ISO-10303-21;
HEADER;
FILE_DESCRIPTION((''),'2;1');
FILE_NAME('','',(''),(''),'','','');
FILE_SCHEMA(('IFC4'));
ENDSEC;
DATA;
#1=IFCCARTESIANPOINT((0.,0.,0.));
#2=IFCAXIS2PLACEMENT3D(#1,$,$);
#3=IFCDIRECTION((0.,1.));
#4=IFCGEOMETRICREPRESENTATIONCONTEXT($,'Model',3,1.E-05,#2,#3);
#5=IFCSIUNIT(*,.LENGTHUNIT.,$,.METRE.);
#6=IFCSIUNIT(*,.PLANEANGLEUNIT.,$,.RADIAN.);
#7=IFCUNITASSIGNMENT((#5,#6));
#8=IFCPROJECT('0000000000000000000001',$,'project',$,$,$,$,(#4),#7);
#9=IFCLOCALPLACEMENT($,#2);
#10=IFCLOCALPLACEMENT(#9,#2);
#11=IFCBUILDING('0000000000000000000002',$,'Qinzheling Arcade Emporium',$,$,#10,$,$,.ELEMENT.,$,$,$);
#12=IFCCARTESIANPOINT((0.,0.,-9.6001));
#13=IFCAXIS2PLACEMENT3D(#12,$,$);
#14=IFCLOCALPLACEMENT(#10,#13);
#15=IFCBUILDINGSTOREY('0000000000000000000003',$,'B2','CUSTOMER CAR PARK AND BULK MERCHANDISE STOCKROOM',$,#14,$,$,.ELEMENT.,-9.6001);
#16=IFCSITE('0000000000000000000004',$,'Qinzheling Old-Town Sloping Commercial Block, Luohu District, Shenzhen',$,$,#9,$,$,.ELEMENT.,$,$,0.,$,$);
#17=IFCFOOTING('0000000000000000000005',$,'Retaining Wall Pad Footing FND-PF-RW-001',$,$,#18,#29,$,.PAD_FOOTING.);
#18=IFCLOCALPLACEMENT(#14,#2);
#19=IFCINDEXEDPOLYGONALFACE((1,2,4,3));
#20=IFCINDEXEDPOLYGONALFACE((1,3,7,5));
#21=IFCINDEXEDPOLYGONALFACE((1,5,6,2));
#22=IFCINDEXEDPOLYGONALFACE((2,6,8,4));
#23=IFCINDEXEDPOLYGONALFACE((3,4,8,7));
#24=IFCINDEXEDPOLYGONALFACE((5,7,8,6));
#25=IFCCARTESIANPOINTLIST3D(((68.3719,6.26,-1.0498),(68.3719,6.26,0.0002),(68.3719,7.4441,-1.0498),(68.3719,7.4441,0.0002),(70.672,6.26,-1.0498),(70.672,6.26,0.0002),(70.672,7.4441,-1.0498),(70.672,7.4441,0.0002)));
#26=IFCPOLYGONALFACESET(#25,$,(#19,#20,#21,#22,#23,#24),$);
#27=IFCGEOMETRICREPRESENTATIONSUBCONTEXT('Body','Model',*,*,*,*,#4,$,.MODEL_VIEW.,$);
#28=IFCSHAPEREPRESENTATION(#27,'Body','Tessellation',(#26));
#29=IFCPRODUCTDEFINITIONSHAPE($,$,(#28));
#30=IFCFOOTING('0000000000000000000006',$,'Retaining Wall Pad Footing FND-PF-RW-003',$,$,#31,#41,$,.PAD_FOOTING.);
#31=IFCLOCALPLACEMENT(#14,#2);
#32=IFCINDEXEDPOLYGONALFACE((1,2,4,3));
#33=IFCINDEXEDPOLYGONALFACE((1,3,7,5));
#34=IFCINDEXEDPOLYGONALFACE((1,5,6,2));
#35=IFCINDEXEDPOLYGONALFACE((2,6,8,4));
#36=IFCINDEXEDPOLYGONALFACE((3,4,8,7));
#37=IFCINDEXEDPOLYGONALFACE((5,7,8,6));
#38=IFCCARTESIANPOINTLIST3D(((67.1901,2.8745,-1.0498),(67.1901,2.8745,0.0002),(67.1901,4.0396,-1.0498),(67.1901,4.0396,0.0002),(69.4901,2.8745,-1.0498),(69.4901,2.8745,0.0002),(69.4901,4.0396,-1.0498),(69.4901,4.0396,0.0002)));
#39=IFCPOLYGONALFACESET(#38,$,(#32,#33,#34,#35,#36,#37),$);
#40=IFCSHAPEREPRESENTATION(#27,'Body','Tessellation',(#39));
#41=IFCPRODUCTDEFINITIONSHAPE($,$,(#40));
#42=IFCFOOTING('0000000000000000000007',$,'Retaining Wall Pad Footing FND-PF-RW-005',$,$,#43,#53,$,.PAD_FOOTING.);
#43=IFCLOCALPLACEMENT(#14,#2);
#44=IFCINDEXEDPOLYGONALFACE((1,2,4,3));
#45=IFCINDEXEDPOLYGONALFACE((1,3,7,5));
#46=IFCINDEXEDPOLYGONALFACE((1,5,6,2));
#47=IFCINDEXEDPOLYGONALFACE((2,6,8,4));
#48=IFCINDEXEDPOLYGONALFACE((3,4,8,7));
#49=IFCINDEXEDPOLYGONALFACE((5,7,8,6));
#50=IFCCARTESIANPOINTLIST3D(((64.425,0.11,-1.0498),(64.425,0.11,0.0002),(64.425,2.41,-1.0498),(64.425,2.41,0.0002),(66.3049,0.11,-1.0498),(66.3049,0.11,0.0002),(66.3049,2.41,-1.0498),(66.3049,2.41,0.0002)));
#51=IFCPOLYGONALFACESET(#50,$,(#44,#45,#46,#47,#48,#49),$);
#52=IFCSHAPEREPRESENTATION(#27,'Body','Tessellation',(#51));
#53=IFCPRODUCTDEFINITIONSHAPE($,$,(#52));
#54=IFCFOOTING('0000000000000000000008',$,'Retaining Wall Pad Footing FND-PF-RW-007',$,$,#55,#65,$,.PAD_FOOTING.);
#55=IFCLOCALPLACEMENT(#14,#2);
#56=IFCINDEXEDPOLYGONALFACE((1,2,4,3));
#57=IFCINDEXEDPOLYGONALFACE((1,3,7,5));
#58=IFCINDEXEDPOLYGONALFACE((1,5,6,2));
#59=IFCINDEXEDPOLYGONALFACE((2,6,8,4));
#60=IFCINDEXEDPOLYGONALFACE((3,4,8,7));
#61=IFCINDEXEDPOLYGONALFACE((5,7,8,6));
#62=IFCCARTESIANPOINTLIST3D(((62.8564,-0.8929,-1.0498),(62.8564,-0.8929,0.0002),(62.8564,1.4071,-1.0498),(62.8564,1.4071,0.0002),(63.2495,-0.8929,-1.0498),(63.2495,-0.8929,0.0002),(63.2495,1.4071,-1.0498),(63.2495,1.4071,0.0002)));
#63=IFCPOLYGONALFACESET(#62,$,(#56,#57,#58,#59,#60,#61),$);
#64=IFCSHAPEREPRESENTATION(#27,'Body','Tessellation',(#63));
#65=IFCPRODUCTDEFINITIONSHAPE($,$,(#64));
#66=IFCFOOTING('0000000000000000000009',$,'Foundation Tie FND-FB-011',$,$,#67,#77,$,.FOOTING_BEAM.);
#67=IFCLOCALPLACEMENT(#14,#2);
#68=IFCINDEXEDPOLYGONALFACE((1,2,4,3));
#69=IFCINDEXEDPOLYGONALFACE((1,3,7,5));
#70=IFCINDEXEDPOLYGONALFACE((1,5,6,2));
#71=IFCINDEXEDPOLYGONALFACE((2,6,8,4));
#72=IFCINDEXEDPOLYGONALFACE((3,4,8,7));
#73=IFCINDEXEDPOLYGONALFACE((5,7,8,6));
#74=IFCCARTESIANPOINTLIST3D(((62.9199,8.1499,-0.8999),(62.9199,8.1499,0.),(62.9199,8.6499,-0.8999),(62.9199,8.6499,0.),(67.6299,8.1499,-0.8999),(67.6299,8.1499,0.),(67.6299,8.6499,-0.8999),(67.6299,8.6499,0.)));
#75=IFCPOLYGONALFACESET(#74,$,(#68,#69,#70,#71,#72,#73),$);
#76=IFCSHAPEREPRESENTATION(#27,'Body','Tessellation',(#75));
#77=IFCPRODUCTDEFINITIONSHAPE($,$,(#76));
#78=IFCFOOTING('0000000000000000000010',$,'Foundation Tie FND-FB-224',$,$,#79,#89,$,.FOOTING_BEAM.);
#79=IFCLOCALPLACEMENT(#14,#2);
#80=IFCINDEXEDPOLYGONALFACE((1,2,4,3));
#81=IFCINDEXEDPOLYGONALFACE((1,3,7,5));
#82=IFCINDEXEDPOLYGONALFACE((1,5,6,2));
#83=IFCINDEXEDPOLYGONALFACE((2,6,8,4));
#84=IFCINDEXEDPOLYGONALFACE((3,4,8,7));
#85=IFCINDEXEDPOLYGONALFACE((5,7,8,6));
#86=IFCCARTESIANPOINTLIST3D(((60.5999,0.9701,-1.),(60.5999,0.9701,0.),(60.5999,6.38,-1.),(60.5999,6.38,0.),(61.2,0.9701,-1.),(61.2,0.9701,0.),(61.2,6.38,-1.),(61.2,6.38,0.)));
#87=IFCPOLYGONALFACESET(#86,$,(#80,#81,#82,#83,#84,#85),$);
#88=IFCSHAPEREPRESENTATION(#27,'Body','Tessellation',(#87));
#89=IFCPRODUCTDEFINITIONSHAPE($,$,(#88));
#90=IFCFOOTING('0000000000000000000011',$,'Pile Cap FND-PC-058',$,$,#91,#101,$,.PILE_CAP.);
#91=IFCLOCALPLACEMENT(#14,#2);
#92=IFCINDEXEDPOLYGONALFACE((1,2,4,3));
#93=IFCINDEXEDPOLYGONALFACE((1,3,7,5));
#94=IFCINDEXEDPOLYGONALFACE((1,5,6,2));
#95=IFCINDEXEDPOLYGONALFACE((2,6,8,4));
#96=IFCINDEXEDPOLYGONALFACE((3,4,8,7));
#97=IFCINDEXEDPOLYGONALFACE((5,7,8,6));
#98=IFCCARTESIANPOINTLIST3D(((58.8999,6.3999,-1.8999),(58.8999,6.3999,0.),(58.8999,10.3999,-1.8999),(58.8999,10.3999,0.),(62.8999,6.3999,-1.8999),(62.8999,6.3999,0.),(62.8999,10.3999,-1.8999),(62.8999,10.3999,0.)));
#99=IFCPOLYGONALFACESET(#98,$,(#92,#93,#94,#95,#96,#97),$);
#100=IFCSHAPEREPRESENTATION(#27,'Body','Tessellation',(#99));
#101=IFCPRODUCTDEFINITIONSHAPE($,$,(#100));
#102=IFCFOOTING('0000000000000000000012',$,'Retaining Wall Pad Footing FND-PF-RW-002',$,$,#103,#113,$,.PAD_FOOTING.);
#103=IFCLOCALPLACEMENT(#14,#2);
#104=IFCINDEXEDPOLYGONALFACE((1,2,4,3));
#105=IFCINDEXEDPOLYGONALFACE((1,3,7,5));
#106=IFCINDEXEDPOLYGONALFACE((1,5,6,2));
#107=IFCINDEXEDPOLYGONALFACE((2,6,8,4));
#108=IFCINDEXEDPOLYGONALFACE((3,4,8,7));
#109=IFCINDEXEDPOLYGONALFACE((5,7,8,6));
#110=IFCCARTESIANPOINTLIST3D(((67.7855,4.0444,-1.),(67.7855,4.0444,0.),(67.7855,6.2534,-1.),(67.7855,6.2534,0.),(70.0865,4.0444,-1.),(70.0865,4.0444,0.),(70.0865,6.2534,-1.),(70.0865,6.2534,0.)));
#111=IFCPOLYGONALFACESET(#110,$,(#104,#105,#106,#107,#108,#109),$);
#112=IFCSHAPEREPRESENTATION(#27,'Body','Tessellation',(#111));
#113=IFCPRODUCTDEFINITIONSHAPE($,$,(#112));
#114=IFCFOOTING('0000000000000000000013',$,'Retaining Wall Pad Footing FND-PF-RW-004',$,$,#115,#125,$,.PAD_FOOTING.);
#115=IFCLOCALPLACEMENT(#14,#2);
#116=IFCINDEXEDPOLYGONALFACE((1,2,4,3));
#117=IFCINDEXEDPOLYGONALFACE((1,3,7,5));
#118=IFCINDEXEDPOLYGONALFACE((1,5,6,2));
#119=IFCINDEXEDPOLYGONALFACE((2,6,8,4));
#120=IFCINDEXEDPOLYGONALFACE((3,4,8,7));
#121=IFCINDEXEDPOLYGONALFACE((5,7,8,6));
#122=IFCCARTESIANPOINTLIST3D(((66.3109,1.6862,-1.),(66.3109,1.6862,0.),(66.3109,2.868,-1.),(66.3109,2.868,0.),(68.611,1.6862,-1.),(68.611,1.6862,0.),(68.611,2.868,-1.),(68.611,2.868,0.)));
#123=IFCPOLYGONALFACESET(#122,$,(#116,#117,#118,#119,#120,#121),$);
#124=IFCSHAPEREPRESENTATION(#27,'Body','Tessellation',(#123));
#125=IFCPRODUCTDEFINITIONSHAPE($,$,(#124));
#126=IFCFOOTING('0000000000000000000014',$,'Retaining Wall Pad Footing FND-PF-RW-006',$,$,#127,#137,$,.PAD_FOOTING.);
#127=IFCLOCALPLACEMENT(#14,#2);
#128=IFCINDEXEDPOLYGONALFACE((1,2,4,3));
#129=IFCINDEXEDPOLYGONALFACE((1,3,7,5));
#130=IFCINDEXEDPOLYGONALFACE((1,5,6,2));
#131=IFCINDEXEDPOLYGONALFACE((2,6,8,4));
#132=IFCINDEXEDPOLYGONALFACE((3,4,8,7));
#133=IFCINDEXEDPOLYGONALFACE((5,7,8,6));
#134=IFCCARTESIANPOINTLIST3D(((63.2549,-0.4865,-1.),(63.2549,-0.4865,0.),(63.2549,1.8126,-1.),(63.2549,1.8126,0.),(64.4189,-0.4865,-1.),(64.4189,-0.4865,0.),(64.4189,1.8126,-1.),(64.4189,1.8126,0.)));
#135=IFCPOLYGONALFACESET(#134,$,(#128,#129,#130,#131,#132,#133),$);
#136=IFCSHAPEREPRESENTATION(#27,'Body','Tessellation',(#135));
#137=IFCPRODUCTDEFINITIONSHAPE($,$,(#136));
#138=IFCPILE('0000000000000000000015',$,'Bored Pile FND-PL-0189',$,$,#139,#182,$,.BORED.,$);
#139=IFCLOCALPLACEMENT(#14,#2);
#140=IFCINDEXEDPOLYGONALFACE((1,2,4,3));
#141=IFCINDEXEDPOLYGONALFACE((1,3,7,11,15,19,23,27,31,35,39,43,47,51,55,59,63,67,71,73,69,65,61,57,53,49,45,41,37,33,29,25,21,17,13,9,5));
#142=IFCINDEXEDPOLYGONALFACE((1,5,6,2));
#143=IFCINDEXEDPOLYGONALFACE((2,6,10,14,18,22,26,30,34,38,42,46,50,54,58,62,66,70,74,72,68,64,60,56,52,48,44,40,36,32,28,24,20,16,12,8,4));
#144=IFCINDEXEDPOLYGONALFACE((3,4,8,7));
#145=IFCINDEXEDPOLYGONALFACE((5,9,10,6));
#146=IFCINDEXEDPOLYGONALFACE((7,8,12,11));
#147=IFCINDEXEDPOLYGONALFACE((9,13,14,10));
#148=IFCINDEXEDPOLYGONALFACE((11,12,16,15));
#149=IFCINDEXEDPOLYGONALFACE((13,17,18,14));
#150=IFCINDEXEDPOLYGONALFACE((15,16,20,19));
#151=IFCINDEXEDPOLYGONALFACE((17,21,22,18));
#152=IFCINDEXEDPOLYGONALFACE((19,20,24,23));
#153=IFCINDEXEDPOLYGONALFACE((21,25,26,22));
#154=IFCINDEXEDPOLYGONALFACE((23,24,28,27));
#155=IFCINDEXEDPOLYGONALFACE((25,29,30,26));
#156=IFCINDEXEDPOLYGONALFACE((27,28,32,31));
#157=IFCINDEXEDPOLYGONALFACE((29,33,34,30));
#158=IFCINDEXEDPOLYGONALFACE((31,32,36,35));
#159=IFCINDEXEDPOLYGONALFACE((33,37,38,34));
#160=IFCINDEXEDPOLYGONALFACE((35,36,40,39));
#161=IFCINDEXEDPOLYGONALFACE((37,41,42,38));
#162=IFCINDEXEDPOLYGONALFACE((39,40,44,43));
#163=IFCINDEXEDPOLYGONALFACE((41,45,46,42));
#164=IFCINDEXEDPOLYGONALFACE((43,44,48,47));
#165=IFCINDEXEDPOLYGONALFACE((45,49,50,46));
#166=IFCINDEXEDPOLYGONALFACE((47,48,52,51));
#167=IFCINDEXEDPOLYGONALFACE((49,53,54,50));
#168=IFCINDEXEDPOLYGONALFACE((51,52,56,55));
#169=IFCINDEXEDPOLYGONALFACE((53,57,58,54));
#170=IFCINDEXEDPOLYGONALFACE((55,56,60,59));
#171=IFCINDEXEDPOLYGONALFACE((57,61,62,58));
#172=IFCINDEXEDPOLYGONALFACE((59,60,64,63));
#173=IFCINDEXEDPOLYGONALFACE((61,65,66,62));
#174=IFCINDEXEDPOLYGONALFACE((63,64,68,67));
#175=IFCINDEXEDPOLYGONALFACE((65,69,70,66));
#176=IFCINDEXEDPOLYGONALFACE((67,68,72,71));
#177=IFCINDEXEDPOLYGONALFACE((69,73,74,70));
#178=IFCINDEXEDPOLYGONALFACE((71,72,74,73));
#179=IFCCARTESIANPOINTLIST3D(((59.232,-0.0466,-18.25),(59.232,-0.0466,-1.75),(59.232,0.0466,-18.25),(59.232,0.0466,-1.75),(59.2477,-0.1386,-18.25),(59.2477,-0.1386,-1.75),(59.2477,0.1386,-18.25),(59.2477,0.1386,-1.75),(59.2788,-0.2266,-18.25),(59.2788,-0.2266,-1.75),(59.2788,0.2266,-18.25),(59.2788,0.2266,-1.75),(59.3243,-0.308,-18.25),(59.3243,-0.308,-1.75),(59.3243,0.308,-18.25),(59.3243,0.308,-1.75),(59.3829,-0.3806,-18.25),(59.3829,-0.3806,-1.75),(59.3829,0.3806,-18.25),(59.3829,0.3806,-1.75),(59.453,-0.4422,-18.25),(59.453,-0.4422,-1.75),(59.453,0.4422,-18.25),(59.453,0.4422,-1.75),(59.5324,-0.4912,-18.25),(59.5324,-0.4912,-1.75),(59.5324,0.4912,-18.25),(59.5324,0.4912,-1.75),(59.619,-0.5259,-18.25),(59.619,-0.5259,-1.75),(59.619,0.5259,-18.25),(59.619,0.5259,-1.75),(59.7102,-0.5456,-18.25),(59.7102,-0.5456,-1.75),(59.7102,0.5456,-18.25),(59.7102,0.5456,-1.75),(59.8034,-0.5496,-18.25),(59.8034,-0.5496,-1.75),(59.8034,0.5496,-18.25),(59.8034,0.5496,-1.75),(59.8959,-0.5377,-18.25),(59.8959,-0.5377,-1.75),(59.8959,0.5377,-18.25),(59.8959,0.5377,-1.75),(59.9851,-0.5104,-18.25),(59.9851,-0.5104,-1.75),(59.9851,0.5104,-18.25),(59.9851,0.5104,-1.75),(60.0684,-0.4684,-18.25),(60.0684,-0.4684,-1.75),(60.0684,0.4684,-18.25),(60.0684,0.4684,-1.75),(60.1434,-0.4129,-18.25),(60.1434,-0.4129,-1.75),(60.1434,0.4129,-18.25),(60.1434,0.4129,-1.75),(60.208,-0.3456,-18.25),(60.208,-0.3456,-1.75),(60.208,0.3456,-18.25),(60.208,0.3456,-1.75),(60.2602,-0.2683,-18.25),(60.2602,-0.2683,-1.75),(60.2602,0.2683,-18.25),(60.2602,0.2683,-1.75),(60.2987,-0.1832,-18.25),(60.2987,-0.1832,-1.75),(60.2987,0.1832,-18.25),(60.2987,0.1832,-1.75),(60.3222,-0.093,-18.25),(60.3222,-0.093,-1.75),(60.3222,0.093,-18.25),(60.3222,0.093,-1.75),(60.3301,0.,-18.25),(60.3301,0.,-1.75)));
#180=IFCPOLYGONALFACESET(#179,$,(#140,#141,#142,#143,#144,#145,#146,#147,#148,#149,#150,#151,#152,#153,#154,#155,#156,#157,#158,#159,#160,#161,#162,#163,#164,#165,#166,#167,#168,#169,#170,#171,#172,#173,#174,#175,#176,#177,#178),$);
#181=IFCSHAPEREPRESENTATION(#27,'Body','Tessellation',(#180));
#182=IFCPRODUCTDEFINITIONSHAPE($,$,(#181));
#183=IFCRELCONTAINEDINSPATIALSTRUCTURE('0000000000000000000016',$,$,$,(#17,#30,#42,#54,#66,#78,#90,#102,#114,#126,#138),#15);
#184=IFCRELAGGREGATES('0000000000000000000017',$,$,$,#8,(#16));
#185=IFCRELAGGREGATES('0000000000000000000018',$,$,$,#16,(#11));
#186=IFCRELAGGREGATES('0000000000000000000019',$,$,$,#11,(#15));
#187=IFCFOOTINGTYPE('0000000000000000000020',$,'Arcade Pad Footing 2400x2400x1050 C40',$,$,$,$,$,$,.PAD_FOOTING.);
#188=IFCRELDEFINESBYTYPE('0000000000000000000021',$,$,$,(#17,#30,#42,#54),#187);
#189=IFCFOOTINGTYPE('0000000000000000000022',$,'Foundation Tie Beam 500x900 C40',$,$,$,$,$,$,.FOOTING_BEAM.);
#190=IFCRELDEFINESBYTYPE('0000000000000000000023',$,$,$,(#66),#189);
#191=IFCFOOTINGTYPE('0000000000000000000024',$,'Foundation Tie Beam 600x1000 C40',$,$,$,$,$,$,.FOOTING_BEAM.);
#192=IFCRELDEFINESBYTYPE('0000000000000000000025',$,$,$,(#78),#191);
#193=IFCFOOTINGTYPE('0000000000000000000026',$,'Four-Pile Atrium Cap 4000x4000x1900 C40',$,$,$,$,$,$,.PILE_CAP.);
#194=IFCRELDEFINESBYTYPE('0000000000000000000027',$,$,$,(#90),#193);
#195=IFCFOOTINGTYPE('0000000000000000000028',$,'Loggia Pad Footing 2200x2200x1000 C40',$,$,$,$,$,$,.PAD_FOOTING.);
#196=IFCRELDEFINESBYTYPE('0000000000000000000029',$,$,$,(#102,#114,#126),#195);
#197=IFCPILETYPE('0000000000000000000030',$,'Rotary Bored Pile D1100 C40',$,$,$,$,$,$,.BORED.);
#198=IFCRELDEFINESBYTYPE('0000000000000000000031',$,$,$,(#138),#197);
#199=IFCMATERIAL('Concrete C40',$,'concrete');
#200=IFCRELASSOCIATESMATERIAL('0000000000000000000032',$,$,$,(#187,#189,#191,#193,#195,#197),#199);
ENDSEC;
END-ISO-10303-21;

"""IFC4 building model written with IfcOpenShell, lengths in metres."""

from ifc_helpers import new_model, si_unit, direction, frame, origin, origin_2d, place, context, subcontext, project, spatial, rectangle, circle, extrude, material, material_profile, profile_set, type_object, element, save


model = new_model("IFC4")

# Units and contexts
model_context = context("Model", 3, precision=1e-05, world=origin(), true_north=direction((0.0, 1.0)))
body_context = subcontext(model_context, "Body", "Model", "MODEL_VIEW")
ifc_project = project(units=[si_unit("LENGTHUNIT", "METRE"), si_unit("PLANEANGLEUNIT", "RADIAN")], contexts=[model_context])

# Site, building, storey
site_placement = place(None, origin())
site = spatial("IfcSite", under=ifc_project, at=site_placement, Name="Qinzheling Old-Town Sloping Commercial Block, Luohu District, Shenzhen", CompositionType="ELEMENT", RefElevation=0.0)
building_placement = place(site_placement, origin())
building = spatial("IfcBuilding", under=site, at=building_placement, Name="Qinzheling Arcade Emporium", CompositionType="ELEMENT")
storey_placement = place(building_placement, frame((0.0, 0.0, -9.6001)))
storey = spatial("IfcBuildingStorey", under=building, at=storey_placement, Name="B2", Description="CUSTOMER CAR PARK AND BULK MERCHANDISE STOCKROOM", CompositionType="ELEMENT", Elevation=-9.6001)

# Footings
ifc_material_1 = material(Name="Concrete C40", Category="concrete")
footing_type_1 = type_object("IfcFootingType", Name="Arcade Pad Footing 2400x2400x1050 C40", PredefinedType="PAD_FOOTING", material=ifc_material_1)
footing_1_placement = place(storey_placement, frame((69.522, 6.8521, -1.0498), z_axis=(0.0, 0.0, 1.0), x_axis=(1.0, 0.0, 0.0)))
element("IfcFooting", 1, at=footing_1_placement, inside=storey, type_object=footing_type_1, Name="Retaining Wall Pad Footing FND-PF-RW-001", PredefinedType="PAD_FOOTING", context=body_context, shape_type="SweptSolid", body=[
    extrude(rectangle(XDim=2.3, YDim=1.1841, at=origin_2d()), origin(), (0.0, 0.0, 1.0), 1.05),
])
footing_2_placement = place(storey_placement, frame((68.3401, 3.457, -1.0498), z_axis=(0.0, 0.0, 1.0), x_axis=(1.0, 0.0, 0.0)))
element("IfcFooting", 2, at=footing_2_placement, inside=storey, type_object=footing_type_1, Name="Retaining Wall Pad Footing FND-PF-RW-003", PredefinedType="PAD_FOOTING", context=body_context, shape_type="SweptSolid", body=[
    extrude(rectangle(XDim=2.3, YDim=1.165, at=origin_2d()), origin(), (0.0, 0.0, 1.0), 1.05),
])
footing_3_placement = place(storey_placement, frame((65.365, 1.26, -1.0498), z_axis=(0.0, 0.0, 1.0), x_axis=(1.0, 0.0, 0.0)))
element("IfcFooting", 3, at=footing_3_placement, inside=storey, type_object=footing_type_1, Name="Retaining Wall Pad Footing FND-PF-RW-005", PredefinedType="PAD_FOOTING", context=body_context, shape_type="SweptSolid", body=[
    extrude(rectangle(XDim=1.8799, YDim=2.3, at=origin_2d()), origin(), (0.0, 0.0, 1.0), 1.05),
])
footing_4_placement = place(storey_placement, frame((63.053, 0.2571, -1.0498), z_axis=(0.0, 0.0, 1.0), x_axis=(1.0, 0.0, 0.0)))
element("IfcFooting", 4, at=footing_4_placement, inside=storey, type_object=footing_type_1, Name="Retaining Wall Pad Footing FND-PF-RW-007", PredefinedType="PAD_FOOTING", context=body_context, shape_type="SweptSolid", body=[
    extrude(rectangle(XDim=0.3931, YDim=2.3, at=origin_2d()), origin(), (0.0, 0.0, 1.0), 1.05),
])
footing_type_2 = type_object("IfcFootingType", Name="Foundation Tie Beam 500x900 C40", PredefinedType="FOOTING_BEAM", material=ifc_material_1)
footing_5_placement = place(storey_placement, frame((65.2749, 8.3999, -0.8999), z_axis=(0.0, 0.0, 1.0), x_axis=(1.0, 0.0, 0.0)))
element("IfcFooting", 5, at=footing_5_placement, inside=storey, type_object=footing_type_2, Name="Foundation Tie FND-FB-011", PredefinedType="FOOTING_BEAM", context=body_context, shape_type="SweptSolid", body=[
    extrude(rectangle(XDim=4.71, YDim=0.5, at=origin_2d()), origin(), (0.0, 0.0, 1.0), 0.8999),
])
footing_type_3 = type_object("IfcFootingType", Name="Foundation Tie Beam 600x1000 C40", PredefinedType="FOOTING_BEAM", material=ifc_material_1)
footing_6_placement = place(storey_placement, frame((60.8999, 3.675, -1.0), z_axis=(0.0, 0.0, 1.0), x_axis=(1.0, 0.0, 0.0)))
element("IfcFooting", 6, at=footing_6_placement, inside=storey, type_object=footing_type_3, Name="Foundation Tie FND-FB-224", PredefinedType="FOOTING_BEAM", context=body_context, shape_type="SweptSolid", body=[
    extrude(rectangle(XDim=0.6001, YDim=5.4099, at=origin_2d()), origin(), (0.0, 0.0, 1.0), 1.0),
])
footing_type_4 = type_object("IfcFootingType", Name="Four-Pile Atrium Cap 4000x4000x1900 C40", PredefinedType="PILE_CAP", material=ifc_material_1)
footing_7_placement = place(storey_placement, frame((60.8999, 8.3999, -1.8999), z_axis=(0.0, 0.0, 1.0), x_axis=(1.0, 0.0, 0.0)))
element("IfcFooting", 7, at=footing_7_placement, inside=storey, type_object=footing_type_4, Name="Pile Cap FND-PC-058", PredefinedType="PILE_CAP", context=body_context, shape_type="SweptSolid", body=[
    extrude(rectangle(XDim=4.0, YDim=4.0, at=origin_2d()), origin(), (0.0, 0.0, 1.0), 1.8999),
])
footing_type_5 = type_object("IfcFootingType", Name="Loggia Pad Footing 2200x2200x1000 C40", PredefinedType="PAD_FOOTING", material=ifc_material_1)
footing_8_placement = place(storey_placement, frame((68.936, 5.1489, -1.0), z_axis=(0.0, 0.0, 1.0), x_axis=(1.0, 0.0, 0.0)))
element("IfcFooting", 8, at=footing_8_placement, inside=storey, type_object=footing_type_5, Name="Retaining Wall Pad Footing FND-PF-RW-002", PredefinedType="PAD_FOOTING", context=body_context, shape_type="SweptSolid", body=[
    extrude(rectangle(XDim=2.301, YDim=2.209, at=origin_2d()), origin(), (0.0, 0.0, 1.0), 1.0),
])
footing_9_placement = place(storey_placement, frame((67.4609, 2.2771, -1.0), z_axis=(0.0, 0.0, 1.0), x_axis=(1.0, 0.0, 0.0)))
element("IfcFooting", 9, at=footing_9_placement, inside=storey, type_object=footing_type_5, Name="Retaining Wall Pad Footing FND-PF-RW-004", PredefinedType="PAD_FOOTING", context=body_context, shape_type="SweptSolid", body=[
    extrude(rectangle(XDim=2.3, YDim=1.1819, at=origin_2d()), origin(), (0.0, 0.0, 1.0), 1.0),
])
footing_10_placement = place(storey_placement, frame((63.8369, 0.6631, -1.0), z_axis=(0.0, 0.0, 1.0), x_axis=(1.0, 0.0, 0.0)))
element("IfcFooting", 10, at=footing_10_placement, inside=storey, type_object=footing_type_5, Name="Retaining Wall Pad Footing FND-PF-RW-006", PredefinedType="PAD_FOOTING", context=body_context, shape_type="SweptSolid", body=[
    extrude(rectangle(XDim=1.1641, YDim=2.2991, at=origin_2d()), origin(), (0.0, 0.0, 1.0), 1.0),
])

# Pile
ifc_material_profile_1 = material_profile(ifc_material_1, circle(Radius=0.55, at=origin_2d()), Name="BORED D1100", Category="concrete")
ifc_profile_set_1 = profile_set([ifc_material_profile_1], Name="Concrete C40")
pile_type = type_object("IfcPileType", Name="Rotary Bored Pile D1100 C40", PredefinedType="BORED", material=ifc_profile_set_1)
for number, where, z_axis, x_axis, name in (
    (11, (59.78, 0.0, -1.75), (0.0, 0.0, -1.0), (1.0, 0.0, 0.0), "Bored Pile FND-PL-0189"),
):
    element("IfcPile", number, at=place(storey_placement, frame(where, z_axis=z_axis, x_axis=x_axis)), inside=storey, type_object=pile_type, Name=name, PredefinedType="BORED", context=body_context, shape_type="SweptSolid", body=[
        extrude(circle(Radius=0.55, at=origin_2d()), origin(), (0.0, 0.0, 1.0), 16.5),
    ])

save(model, "model.ifc")
